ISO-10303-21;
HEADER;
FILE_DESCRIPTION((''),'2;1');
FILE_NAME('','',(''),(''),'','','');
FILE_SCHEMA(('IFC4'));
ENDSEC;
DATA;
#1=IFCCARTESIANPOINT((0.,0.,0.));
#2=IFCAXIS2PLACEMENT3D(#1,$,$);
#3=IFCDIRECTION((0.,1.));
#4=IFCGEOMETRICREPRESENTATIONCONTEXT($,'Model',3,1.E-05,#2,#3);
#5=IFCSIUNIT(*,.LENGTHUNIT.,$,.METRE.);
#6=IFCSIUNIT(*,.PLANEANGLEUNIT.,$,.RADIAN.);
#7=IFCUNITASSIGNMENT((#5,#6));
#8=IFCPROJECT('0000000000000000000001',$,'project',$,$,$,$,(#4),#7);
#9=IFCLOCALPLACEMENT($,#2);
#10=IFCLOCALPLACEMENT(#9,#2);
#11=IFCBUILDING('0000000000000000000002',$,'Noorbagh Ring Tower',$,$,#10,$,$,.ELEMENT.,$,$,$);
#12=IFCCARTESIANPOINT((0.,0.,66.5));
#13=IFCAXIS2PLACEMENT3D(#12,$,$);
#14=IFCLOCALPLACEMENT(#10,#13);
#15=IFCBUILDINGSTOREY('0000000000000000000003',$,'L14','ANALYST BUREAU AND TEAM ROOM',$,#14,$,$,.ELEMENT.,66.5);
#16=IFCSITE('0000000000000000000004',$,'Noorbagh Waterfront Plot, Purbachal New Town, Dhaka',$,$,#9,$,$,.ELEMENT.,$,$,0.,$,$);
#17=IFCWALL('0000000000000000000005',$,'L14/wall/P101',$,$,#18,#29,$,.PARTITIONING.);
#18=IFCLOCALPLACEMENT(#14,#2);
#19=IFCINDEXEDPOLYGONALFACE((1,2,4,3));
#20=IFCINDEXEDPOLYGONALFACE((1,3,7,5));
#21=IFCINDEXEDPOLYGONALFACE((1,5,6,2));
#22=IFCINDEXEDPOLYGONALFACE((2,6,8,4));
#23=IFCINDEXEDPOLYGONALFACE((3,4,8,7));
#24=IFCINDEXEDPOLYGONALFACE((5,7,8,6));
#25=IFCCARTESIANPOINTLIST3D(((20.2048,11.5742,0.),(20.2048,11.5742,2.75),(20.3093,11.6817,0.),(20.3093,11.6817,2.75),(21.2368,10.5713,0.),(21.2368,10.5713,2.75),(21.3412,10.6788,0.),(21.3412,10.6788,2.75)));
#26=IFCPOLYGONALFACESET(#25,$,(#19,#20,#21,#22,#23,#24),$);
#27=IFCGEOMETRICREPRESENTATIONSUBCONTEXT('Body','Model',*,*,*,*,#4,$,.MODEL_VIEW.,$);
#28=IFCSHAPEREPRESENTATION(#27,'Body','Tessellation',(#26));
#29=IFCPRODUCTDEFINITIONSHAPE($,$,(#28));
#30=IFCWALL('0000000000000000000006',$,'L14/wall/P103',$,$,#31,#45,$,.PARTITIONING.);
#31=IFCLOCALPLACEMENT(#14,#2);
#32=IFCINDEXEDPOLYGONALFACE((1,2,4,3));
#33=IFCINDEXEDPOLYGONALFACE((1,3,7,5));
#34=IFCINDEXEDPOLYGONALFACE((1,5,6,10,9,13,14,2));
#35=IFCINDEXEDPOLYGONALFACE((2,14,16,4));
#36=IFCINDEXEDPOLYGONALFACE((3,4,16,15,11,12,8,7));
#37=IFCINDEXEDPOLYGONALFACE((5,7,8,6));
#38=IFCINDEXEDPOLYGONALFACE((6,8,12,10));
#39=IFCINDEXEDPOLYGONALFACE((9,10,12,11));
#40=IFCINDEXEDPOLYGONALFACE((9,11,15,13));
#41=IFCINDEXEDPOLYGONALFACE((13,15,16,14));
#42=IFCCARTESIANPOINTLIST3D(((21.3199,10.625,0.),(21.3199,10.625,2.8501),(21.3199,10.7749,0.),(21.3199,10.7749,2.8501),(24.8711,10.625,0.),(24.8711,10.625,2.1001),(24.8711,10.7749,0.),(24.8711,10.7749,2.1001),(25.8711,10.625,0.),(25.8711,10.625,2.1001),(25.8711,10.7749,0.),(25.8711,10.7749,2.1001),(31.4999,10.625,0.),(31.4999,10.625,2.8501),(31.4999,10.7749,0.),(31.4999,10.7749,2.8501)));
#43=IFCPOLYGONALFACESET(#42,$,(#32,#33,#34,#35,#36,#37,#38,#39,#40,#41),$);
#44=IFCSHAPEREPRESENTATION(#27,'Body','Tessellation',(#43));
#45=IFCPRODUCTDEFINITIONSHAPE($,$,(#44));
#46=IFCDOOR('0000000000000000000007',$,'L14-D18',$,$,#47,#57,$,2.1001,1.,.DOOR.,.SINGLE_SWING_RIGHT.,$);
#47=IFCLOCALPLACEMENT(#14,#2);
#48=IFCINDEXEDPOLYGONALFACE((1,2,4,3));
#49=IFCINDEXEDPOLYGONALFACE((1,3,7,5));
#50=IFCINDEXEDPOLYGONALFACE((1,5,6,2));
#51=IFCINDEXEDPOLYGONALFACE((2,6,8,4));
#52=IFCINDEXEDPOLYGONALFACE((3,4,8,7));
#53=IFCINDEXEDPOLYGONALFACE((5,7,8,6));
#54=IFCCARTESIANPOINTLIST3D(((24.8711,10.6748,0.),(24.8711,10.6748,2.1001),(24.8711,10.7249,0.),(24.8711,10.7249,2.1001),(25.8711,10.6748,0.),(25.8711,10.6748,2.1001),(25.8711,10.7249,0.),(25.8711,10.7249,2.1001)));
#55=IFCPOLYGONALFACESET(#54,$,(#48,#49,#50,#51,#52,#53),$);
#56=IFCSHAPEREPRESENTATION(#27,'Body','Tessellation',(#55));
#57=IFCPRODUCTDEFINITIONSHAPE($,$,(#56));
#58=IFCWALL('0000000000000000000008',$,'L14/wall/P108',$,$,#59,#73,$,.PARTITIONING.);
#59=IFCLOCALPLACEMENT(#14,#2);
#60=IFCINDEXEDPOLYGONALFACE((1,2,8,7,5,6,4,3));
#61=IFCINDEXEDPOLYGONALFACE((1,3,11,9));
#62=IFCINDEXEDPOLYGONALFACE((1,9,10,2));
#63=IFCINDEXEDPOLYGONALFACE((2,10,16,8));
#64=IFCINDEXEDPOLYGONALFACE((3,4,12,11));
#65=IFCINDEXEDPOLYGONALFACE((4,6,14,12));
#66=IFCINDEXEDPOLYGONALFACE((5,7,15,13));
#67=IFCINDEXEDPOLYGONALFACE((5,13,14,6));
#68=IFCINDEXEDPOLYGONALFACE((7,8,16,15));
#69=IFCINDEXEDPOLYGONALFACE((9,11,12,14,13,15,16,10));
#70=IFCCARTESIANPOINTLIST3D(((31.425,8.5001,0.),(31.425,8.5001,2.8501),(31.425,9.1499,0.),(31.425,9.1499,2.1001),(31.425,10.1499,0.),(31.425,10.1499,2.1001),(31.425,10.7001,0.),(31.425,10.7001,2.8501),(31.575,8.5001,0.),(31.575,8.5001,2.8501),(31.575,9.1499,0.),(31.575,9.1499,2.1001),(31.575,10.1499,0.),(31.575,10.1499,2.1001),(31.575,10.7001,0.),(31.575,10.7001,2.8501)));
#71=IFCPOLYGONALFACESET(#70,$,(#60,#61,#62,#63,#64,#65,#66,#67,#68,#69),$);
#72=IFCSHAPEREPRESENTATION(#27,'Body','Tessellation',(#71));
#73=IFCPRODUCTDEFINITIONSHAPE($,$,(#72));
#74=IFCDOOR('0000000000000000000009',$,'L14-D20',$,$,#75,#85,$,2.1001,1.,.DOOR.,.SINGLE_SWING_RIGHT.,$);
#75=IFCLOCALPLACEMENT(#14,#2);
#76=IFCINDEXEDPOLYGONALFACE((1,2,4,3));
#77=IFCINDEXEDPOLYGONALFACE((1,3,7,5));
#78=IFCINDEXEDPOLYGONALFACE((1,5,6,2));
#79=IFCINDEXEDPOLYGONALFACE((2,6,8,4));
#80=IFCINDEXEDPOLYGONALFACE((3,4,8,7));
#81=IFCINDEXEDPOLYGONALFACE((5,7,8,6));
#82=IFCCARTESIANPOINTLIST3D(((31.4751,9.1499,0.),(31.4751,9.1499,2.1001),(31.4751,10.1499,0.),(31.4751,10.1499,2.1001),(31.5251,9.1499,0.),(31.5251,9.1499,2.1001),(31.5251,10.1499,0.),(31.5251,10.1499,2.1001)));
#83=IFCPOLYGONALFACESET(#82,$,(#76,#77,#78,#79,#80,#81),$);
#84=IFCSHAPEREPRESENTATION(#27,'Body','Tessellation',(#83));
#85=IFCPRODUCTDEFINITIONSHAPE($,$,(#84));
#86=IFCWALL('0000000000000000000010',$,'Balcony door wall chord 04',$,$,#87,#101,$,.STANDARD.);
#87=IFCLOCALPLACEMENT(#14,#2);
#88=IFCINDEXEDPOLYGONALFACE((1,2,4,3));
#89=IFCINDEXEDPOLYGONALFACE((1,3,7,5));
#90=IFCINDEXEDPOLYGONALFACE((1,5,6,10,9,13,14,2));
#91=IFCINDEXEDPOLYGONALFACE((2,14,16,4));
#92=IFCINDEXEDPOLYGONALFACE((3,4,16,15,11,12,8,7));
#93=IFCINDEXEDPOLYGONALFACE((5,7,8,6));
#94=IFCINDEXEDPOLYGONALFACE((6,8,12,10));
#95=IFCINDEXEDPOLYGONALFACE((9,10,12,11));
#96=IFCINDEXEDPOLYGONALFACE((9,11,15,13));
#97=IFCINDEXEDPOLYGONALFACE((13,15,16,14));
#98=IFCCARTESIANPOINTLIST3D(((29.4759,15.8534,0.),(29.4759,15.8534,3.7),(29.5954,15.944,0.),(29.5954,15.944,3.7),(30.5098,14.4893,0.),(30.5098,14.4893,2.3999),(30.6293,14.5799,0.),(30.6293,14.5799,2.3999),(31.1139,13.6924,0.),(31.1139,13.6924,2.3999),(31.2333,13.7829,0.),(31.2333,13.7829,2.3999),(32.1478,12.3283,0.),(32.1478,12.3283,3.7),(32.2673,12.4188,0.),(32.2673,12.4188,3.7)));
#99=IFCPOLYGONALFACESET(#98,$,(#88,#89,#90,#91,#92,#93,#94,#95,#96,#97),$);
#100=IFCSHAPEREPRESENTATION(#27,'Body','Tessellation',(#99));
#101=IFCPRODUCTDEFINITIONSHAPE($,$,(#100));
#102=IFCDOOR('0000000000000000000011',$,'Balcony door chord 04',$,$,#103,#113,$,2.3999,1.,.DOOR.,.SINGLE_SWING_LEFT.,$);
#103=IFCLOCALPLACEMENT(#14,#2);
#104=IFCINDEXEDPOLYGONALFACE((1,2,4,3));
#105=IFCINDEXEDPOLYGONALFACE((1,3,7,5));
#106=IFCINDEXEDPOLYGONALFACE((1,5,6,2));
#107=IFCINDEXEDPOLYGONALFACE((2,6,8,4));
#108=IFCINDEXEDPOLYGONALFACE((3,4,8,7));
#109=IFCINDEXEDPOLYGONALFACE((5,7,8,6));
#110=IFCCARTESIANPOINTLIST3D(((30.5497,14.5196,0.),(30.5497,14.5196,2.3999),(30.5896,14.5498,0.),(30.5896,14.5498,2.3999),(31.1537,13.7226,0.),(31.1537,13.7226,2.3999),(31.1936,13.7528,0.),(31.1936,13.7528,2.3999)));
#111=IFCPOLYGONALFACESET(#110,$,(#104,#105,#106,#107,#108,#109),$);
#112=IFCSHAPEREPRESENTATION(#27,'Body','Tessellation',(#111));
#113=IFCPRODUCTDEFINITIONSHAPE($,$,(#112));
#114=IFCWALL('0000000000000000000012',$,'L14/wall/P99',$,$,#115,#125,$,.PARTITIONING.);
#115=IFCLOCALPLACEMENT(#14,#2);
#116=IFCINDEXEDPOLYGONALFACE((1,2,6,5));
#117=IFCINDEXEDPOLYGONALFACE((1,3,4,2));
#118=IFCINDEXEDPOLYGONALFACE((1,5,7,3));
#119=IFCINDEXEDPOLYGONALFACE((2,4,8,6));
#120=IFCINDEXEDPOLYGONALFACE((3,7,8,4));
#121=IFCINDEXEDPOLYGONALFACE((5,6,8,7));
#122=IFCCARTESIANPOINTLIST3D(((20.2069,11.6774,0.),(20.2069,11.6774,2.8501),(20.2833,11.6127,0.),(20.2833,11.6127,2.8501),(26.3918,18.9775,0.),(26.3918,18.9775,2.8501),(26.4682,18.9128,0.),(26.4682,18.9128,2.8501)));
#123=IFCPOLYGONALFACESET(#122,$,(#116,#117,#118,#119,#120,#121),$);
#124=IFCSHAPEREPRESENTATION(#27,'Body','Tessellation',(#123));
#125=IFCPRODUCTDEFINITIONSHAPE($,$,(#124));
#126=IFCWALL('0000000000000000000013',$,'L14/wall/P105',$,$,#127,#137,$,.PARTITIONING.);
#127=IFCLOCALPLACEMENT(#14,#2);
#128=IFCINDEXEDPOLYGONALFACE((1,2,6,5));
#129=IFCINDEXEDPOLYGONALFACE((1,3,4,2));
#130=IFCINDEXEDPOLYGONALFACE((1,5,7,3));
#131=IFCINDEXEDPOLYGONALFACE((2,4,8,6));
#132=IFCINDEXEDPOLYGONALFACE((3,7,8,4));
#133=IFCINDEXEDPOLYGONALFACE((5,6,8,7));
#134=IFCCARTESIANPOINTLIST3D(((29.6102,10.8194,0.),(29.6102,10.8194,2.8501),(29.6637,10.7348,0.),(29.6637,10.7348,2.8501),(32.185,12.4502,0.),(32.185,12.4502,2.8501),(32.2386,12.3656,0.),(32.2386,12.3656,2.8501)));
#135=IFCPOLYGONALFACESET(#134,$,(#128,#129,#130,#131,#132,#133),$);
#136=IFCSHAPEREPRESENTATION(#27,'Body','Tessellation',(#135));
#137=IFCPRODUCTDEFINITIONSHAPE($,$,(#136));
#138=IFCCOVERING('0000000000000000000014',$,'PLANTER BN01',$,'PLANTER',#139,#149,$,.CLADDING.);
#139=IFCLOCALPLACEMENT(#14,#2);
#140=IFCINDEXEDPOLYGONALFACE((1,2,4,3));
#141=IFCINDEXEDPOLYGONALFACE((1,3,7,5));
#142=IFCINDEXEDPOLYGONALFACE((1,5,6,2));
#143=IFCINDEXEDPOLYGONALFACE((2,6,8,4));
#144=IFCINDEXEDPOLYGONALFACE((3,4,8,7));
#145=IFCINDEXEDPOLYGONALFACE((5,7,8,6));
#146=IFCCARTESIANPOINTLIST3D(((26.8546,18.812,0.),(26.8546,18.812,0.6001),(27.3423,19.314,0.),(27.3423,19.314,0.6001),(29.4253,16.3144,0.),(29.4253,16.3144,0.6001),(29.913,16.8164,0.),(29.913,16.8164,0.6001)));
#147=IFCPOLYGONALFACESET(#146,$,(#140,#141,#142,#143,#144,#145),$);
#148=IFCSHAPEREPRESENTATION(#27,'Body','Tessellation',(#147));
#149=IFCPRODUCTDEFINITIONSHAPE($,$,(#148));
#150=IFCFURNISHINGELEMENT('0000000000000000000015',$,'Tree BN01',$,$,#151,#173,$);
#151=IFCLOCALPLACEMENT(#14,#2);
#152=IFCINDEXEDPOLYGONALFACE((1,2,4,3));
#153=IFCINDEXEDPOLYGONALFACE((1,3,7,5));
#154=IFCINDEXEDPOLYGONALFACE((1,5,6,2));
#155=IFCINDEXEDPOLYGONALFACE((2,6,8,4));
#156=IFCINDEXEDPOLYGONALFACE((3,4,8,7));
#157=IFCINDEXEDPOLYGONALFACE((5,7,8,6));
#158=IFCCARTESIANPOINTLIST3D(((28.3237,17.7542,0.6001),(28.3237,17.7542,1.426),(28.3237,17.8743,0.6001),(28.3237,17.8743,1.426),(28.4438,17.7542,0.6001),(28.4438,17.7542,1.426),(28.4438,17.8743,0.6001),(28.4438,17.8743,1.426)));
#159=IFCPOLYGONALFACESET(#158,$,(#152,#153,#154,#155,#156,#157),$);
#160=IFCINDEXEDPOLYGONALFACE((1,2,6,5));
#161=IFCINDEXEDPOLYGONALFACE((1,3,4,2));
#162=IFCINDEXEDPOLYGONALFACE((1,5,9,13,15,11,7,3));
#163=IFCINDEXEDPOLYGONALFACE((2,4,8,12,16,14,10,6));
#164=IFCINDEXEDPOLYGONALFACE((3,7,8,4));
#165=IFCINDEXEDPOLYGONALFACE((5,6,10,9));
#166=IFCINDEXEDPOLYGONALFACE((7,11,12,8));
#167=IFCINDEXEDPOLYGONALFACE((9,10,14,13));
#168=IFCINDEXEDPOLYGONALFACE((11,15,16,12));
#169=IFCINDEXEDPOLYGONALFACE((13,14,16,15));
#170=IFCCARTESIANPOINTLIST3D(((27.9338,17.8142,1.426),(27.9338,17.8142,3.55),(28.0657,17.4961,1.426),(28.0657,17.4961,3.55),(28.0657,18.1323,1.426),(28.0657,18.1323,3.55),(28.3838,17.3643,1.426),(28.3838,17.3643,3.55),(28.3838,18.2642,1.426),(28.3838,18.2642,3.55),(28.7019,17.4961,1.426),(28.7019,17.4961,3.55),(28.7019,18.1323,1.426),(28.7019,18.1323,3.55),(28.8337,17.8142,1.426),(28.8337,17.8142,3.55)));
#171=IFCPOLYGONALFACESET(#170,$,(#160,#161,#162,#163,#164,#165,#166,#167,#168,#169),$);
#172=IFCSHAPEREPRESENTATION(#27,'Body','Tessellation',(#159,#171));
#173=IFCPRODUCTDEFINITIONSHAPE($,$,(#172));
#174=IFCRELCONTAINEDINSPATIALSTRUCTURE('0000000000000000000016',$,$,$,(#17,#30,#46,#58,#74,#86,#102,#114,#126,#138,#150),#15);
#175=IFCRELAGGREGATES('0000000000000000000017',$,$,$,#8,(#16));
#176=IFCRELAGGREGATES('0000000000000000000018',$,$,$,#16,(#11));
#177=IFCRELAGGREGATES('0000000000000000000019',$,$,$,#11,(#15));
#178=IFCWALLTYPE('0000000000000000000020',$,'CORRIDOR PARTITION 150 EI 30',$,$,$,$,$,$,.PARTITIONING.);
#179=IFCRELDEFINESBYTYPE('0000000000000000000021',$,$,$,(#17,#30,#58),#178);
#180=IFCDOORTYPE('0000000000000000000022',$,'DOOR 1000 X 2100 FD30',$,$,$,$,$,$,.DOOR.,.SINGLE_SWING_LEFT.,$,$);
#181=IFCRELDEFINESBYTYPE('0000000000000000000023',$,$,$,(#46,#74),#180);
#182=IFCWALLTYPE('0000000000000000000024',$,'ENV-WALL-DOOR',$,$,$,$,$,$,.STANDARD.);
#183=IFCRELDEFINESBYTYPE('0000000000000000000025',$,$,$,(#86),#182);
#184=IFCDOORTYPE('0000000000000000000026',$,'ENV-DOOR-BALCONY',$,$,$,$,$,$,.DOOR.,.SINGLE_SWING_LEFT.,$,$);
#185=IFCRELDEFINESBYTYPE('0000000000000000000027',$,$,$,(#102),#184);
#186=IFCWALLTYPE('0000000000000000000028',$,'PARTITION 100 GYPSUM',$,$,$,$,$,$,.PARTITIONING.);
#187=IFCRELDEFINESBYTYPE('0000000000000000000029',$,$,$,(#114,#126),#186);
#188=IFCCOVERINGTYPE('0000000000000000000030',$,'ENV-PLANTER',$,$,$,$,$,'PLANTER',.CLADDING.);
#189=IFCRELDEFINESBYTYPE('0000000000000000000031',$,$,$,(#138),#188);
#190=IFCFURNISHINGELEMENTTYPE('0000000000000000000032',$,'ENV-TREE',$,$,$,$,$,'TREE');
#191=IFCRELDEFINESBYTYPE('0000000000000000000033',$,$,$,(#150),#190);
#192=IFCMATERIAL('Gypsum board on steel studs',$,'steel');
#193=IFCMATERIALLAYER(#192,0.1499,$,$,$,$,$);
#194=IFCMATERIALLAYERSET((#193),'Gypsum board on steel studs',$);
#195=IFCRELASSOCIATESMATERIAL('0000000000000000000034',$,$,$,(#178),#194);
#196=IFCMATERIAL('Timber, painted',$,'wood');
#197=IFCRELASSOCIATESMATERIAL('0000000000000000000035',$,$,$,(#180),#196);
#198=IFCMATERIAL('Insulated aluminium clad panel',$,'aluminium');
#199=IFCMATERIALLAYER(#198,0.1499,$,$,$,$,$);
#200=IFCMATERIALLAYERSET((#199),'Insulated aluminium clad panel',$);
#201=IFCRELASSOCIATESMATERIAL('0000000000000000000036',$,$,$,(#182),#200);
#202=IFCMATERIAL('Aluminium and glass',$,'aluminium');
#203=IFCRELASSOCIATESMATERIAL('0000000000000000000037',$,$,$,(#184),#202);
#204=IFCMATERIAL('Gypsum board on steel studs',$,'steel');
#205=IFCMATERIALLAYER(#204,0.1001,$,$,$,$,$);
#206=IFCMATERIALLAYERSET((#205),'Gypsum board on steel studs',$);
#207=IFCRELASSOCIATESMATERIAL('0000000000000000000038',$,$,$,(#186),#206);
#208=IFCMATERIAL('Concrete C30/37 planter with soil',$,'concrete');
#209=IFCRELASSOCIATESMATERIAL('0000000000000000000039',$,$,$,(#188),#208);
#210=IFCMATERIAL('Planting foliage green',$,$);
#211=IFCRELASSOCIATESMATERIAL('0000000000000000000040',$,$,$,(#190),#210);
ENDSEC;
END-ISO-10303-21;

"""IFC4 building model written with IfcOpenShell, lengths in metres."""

from ifc_helpers import new_model, si_unit, direction, frame, frame_2d, origin, origin_2d, place, context, subcontext, project, spatial, polyline, rectangle, outline, extrude, material, layer, layer_set, type_object, element, fill, save


model = new_model("IFC4")

# Units and contexts
model_context = context("Model", 3, precision=1e-05, world=origin(), true_north=direction((0.0, 1.0)))
body_context = subcontext(model_context, "Body", "Model", "MODEL_VIEW")
ifc_project = project(units=[si_unit("LENGTHUNIT", "METRE"), si_unit("PLANEANGLEUNIT", "RADIAN")], contexts=[model_context])

# Site, building, storey
site_placement = place(None, origin())
site = spatial("IfcSite", under=ifc_project, at=site_placement, Name="Noorbagh Waterfront Plot, Purbachal New Town, Dhaka", CompositionType="ELEMENT", RefElevation=0.0)
building_placement = place(site_placement, origin())
building = spatial("IfcBuilding", under=site, at=building_placement, Name="Noorbagh Ring Tower", CompositionType="ELEMENT")
storey_placement = place(building_placement, frame((0.0, 0.0, 66.5)))
storey = spatial("IfcBuildingStorey", under=building, at=storey_placement, Name="L14", Description="ANALYST BUREAU AND TEAM ROOM", CompositionType="ELEMENT", Elevation=66.5)

# Wall
ifc_material_1 = material(Name="Gypsum board on steel studs", Category="steel")
ifc_layer_1 = layer(ifc_material_1, 0.1499)
ifc_layer_set_1 = layer_set([ifc_layer_1], Name="Gypsum board on steel studs")
wall_type_1 = type_object("IfcWallType", Name="CORRIDOR PARTITION 150 EI 30", PredefinedType="PARTITIONING", material=ifc_layer_set_1)
wall_1_placement = place(storey_placement, frame((20.2571, 11.6279, 0.0), z_axis=(0.0, 0.0, 1.0), x_axis=(0.717129, -0.69694, 0.0)))
element("IfcWall", 1, at=wall_1_placement, inside=storey, type_object=wall_type_1, Name="L14/wall/P101", PredefinedType="PARTITIONING", context=body_context, shape_type="SweptSolid", body=[
    extrude(rectangle(XDim=1.439, YDim=0.1499, at=frame_2d((0.7195, 0.0))), origin(), (0.0, 0.0, 1.0), 2.75),
])

# Walls, openings, doors
wall_2_placement = place(storey_placement, frame((21.3201, 10.7, 0.0), z_axis=(0.0, 0.0, 1.0), x_axis=(1.0, 0.0, 0.0)))
wall_2 = element("IfcWall", 2, at=wall_2_placement, inside=storey, type_object=wall_type_1, Name="L14/wall/P103", PredefinedType="PARTITIONING", context=body_context, shape_type="SweptSolid", body=[
    extrude(rectangle(XDim=10.1799, YDim=0.1499, at=frame_2d((5.0898, 0.0))), origin(), (0.0, 0.0, 1.0), 2.8501),
])
opening_1_placement = place(wall_2_placement, frame((3.551, 0.0, 0.0)))
opening_1 = element("IfcOpeningElement", 3, at=opening_1_placement, cuts=wall_2, PredefinedType="OPENING", context=body_context, shape_type="SweptSolid", body=[
    extrude(rectangle(XDim=1.0, YDim=2.1001, at=frame_2d((0.5, 1.05))), frame((0.0, 0.085, 0.0), z_axis=(0.0, -1.0, 0.0), x_axis=(1.0, 0.0, 0.0)), (0.0, 0.0, 1.0), 0.1699),
])
ifc_material_2 = material(Name="Timber, painted", Category="wood")
door_type_1 = type_object("IfcDoorType", Name="DOOR 1000 X 2100 FD30", OperationType="SINGLE_SWING_LEFT", PredefinedType="DOOR", material=ifc_material_2)
door_1_placement = place(opening_1_placement, origin())
door_1 = element("IfcDoor", 4, at=door_1_placement, inside=storey, type_object=door_type_1, Name="L14-D18", OperationType="SINGLE_SWING_RIGHT", OverallHeight=2.1001, OverallWidth=1.0, PredefinedType="DOOR", context=body_context, shape_type="SweptSolid", body=[
    extrude(rectangle(XDim=1.0, YDim=2.1001, at=frame_2d((0.5, 1.05))), frame((0.0, 0.0249, 0.0), z_axis=(0.0, -1.0, 0.0), x_axis=(1.0, 0.0, 0.0)), (0.0, 0.0, 1.0), 0.05),
])
fill(opening_1, door_1)
wall_3_placement = place(storey_placement, frame((31.5, 8.5, 0.0), z_axis=(0.0, 0.0, 1.0), x_axis=(0.0, 1.0, 0.0)))
wall_3 = element("IfcWall", 5, at=wall_3_placement, inside=storey, type_object=wall_type_1, Name="L14/wall/P108", PredefinedType="PARTITIONING", context=body_context, shape_type="SweptSolid", body=[
    extrude(rectangle(XDim=2.2, YDim=0.1499, at=frame_2d((1.1001, 0.0))), origin(), (0.0, 0.0, 1.0), 2.8501),
])
opening_2_placement = place(wall_3_placement, frame((0.6499, 0.0, 0.0)))
opening_2 = element("IfcOpeningElement", 6, at=opening_2_placement, cuts=wall_3, PredefinedType="OPENING", context=body_context, shape_type="SweptSolid", body=[
    extrude(rectangle(XDim=1.0, YDim=2.1001, at=frame_2d((0.5, 1.05))), frame((0.0, 0.085, 0.0), z_axis=(0.0, -1.0, 0.0), x_axis=(1.0, 0.0, 0.0)), (0.0, 0.0, 1.0), 0.1699),
])
door_2_placement = place(opening_2_placement, origin())
door_2 = element("IfcDoor", 7, at=door_2_placement, inside=storey, type_object=door_type_1, Name="L14-D20", OperationType="SINGLE_SWING_RIGHT", OverallHeight=2.1001, OverallWidth=1.0, PredefinedType="DOOR", context=body_context, shape_type="SweptSolid", body=[
    extrude(rectangle(XDim=1.0, YDim=2.1001, at=frame_2d((0.5, 1.05))), frame((0.0, 0.0249, 0.0), z_axis=(0.0, -1.0, 0.0), x_axis=(1.0, 0.0, 0.0)), (0.0, 0.0, 1.0), 0.05),
])
fill(opening_2, door_2)
ifc_material_3 = material(Name="Insulated aluminium clad panel", Category="aluminium")
ifc_layer_2 = layer(ifc_material_3, 0.1499)
ifc_layer_set_2 = layer_set([ifc_layer_2], Name="Insulated aluminium clad panel")
wall_type_2 = type_object("IfcWallType", Name="ENV-WALL-DOOR", PredefinedType="STANDARD", material=ifc_layer_set_2)
wall_4_placement = place(storey_placement, frame((32.2075, 12.3735, 0.0), z_axis=(0.0, 0.0, 1.0), x_axis=(-0.604046, 0.79695, 0.0)))
wall_4 = element("IfcWall", 8, at=wall_4_placement, inside=storey, type_object=wall_type_2, Name="Balcony door wall chord 04", PredefinedType="STANDARD", context=body_context, shape_type="SweptSolid", body=[
    extrude(rectangle(XDim=4.4233, YDim=0.1499, at=frame_2d((2.2117, 0.0))), origin(), (0.0, 0.0, 1.0), 3.7),
])
opening_3_placement = place(wall_4_placement, frame((1.7117, 0.0, 0.0)))
opening_3 = element("IfcOpeningElement", 9, at=opening_3_placement, cuts=wall_4, PredefinedType="OPENING", context=body_context, shape_type="SweptSolid", body=[
    extrude(rectangle(XDim=1.0, YDim=2.3999, at=frame_2d((0.5, 1.2))), frame((0.0, 0.085, 0.0), z_axis=(0.0, -1.0, 0.0), x_axis=(1.0, 0.0, 0.0)), (0.0, 0.0, 1.0), 0.1699),
])
ifc_material_4 = material(Name="Aluminium and glass", Category="aluminium")
door_type_2 = type_object("IfcDoorType", Name="ENV-DOOR-BALCONY", OperationType="SINGLE_SWING_LEFT", PredefinedType="DOOR", material=ifc_material_4)
door_3_placement = place(opening_3_placement, origin())
door_3 = element("IfcDoor", 10, at=door_3_placement, inside=storey, type_object=door_type_2, Name="Balcony door chord 04", OperationType="SINGLE_SWING_LEFT", OverallHeight=2.3999, OverallWidth=1.0, PredefinedType="DOOR", context=body_context, shape_type="SweptSolid", body=[
    extrude(rectangle(XDim=1.0, YDim=2.3999, at=frame_2d((0.5, 1.2))), frame((0.0, 0.0249, 0.0), z_axis=(0.0, -1.0, 0.0), x_axis=(1.0, 0.0, 0.0)), (0.0, 0.0, 1.0), 0.05),
])
fill(opening_3, door_3)

# Walls
ifc_material_5 = material(Name="Gypsum board on steel studs", Category="steel")
ifc_layer_3 = layer(ifc_material_5, 0.1001)
ifc_layer_set_3 = layer_set([ifc_layer_3], Name="Gypsum board on steel studs")
wall_type_3 = type_object("IfcWallType", Name="PARTITION 100 GYPSUM", PredefinedType="PARTITIONING", material=ifc_layer_set_3)
wall_5_placement = place(storey_placement, frame((20.2451, 11.645, 0.0), z_axis=(0.0, 0.0, 1.0), x_axis=(0.64642, 0.762982, 0.0)))
element("IfcWall", 11, at=wall_5_placement, inside=storey, type_object=wall_type_3, Name="L14/wall/P99", PredefinedType="PARTITIONING", context=body_context, shape_type="SweptSolid", body=[
    extrude(rectangle(XDim=9.5679, YDim=0.1001, at=frame_2d((4.7839, 0.0))), origin(), (0.0, 0.0, 1.0), 2.8501),
])
wall_6_placement = place(storey_placement, frame((29.637, 10.7771, 0.0), z_axis=(0.0, 0.0, 1.0), x_axis=(0.844811, 0.535065, 0.0)))
element("IfcWall", 12, at=wall_6_placement, inside=storey, type_object=wall_type_3, Name="L14/wall/P105", PredefinedType="PARTITIONING", context=body_context, shape_type="SweptSolid", body=[
    extrude(rectangle(XDim=3.0479, YDim=0.1001, at=frame_2d((1.5239, 0.0))), origin(), (0.0, 0.0, 1.0), 2.8501),
])

# Covering
ifc_material_6 = material(Name="Concrete C30/37 planter with soil", Category="concrete")
covering_type = type_object("IfcCoveringType", Name="ENV-PLANTER", ElementType="PLANTER", PredefinedType="CLADDING", material=ifc_material_6)
covering_placement = place(storey_placement, frame((28.3838, 17.8142, 0.0), z_axis=(0.0, 0.0, 1.0), x_axis=(-0.717225, 0.696842, 0.0)))
element("IfcCovering", 13, at=covering_placement, inside=storey, type_object=covering_type, Name="PLANTER BN01", ObjectType="PLANTER", PredefinedType="CLADDING", context=body_context, shape_type="SweptSolid", body=[
    extrude(rectangle(XDim=3.5842, YDim=0.7, at=origin_2d()), origin(), (0.0, 0.0, 1.0), 0.6001),
])

# Furnishing element
ifc_material_7 = material(Name="Planting foliage green")
furnishing_element_type = type_object("IfcFurnishingElementType", Name="ENV-TREE", ElementType="TREE", material=ifc_material_7)
furnishing_placement = place(storey_placement, frame((28.3838, 17.8142, 0.6001), z_axis=(0.0, 0.0, 1.0), x_axis=(1.0, 0.0, 0.0)))
element("IfcFurnishingElement", 14, at=furnishing_placement, inside=storey, type_object=furnishing_element_type, Name="Tree BN01", context=body_context, shape_type="SweptSolid", body=[
    extrude(rectangle(XDim=0.1201, YDim=0.1201, at=origin_2d()), origin(), (0.0, 0.0, 1.0), 0.8259),
    extrude(outline(polyline([(0.45, 0.0), (0.3181, 0.3181), (0.0, 0.45), (-0.3181, 0.3181), (-0.45, 0.0), (-0.3181, -0.3181), (0.0, -0.45), (0.3181, -0.3181), (0.45, 0.0)])), frame((0.0, 0.0, 0.8259)), (0.0, 0.0, 1.0), 2.124),
])

save(model, "model.ifc")
